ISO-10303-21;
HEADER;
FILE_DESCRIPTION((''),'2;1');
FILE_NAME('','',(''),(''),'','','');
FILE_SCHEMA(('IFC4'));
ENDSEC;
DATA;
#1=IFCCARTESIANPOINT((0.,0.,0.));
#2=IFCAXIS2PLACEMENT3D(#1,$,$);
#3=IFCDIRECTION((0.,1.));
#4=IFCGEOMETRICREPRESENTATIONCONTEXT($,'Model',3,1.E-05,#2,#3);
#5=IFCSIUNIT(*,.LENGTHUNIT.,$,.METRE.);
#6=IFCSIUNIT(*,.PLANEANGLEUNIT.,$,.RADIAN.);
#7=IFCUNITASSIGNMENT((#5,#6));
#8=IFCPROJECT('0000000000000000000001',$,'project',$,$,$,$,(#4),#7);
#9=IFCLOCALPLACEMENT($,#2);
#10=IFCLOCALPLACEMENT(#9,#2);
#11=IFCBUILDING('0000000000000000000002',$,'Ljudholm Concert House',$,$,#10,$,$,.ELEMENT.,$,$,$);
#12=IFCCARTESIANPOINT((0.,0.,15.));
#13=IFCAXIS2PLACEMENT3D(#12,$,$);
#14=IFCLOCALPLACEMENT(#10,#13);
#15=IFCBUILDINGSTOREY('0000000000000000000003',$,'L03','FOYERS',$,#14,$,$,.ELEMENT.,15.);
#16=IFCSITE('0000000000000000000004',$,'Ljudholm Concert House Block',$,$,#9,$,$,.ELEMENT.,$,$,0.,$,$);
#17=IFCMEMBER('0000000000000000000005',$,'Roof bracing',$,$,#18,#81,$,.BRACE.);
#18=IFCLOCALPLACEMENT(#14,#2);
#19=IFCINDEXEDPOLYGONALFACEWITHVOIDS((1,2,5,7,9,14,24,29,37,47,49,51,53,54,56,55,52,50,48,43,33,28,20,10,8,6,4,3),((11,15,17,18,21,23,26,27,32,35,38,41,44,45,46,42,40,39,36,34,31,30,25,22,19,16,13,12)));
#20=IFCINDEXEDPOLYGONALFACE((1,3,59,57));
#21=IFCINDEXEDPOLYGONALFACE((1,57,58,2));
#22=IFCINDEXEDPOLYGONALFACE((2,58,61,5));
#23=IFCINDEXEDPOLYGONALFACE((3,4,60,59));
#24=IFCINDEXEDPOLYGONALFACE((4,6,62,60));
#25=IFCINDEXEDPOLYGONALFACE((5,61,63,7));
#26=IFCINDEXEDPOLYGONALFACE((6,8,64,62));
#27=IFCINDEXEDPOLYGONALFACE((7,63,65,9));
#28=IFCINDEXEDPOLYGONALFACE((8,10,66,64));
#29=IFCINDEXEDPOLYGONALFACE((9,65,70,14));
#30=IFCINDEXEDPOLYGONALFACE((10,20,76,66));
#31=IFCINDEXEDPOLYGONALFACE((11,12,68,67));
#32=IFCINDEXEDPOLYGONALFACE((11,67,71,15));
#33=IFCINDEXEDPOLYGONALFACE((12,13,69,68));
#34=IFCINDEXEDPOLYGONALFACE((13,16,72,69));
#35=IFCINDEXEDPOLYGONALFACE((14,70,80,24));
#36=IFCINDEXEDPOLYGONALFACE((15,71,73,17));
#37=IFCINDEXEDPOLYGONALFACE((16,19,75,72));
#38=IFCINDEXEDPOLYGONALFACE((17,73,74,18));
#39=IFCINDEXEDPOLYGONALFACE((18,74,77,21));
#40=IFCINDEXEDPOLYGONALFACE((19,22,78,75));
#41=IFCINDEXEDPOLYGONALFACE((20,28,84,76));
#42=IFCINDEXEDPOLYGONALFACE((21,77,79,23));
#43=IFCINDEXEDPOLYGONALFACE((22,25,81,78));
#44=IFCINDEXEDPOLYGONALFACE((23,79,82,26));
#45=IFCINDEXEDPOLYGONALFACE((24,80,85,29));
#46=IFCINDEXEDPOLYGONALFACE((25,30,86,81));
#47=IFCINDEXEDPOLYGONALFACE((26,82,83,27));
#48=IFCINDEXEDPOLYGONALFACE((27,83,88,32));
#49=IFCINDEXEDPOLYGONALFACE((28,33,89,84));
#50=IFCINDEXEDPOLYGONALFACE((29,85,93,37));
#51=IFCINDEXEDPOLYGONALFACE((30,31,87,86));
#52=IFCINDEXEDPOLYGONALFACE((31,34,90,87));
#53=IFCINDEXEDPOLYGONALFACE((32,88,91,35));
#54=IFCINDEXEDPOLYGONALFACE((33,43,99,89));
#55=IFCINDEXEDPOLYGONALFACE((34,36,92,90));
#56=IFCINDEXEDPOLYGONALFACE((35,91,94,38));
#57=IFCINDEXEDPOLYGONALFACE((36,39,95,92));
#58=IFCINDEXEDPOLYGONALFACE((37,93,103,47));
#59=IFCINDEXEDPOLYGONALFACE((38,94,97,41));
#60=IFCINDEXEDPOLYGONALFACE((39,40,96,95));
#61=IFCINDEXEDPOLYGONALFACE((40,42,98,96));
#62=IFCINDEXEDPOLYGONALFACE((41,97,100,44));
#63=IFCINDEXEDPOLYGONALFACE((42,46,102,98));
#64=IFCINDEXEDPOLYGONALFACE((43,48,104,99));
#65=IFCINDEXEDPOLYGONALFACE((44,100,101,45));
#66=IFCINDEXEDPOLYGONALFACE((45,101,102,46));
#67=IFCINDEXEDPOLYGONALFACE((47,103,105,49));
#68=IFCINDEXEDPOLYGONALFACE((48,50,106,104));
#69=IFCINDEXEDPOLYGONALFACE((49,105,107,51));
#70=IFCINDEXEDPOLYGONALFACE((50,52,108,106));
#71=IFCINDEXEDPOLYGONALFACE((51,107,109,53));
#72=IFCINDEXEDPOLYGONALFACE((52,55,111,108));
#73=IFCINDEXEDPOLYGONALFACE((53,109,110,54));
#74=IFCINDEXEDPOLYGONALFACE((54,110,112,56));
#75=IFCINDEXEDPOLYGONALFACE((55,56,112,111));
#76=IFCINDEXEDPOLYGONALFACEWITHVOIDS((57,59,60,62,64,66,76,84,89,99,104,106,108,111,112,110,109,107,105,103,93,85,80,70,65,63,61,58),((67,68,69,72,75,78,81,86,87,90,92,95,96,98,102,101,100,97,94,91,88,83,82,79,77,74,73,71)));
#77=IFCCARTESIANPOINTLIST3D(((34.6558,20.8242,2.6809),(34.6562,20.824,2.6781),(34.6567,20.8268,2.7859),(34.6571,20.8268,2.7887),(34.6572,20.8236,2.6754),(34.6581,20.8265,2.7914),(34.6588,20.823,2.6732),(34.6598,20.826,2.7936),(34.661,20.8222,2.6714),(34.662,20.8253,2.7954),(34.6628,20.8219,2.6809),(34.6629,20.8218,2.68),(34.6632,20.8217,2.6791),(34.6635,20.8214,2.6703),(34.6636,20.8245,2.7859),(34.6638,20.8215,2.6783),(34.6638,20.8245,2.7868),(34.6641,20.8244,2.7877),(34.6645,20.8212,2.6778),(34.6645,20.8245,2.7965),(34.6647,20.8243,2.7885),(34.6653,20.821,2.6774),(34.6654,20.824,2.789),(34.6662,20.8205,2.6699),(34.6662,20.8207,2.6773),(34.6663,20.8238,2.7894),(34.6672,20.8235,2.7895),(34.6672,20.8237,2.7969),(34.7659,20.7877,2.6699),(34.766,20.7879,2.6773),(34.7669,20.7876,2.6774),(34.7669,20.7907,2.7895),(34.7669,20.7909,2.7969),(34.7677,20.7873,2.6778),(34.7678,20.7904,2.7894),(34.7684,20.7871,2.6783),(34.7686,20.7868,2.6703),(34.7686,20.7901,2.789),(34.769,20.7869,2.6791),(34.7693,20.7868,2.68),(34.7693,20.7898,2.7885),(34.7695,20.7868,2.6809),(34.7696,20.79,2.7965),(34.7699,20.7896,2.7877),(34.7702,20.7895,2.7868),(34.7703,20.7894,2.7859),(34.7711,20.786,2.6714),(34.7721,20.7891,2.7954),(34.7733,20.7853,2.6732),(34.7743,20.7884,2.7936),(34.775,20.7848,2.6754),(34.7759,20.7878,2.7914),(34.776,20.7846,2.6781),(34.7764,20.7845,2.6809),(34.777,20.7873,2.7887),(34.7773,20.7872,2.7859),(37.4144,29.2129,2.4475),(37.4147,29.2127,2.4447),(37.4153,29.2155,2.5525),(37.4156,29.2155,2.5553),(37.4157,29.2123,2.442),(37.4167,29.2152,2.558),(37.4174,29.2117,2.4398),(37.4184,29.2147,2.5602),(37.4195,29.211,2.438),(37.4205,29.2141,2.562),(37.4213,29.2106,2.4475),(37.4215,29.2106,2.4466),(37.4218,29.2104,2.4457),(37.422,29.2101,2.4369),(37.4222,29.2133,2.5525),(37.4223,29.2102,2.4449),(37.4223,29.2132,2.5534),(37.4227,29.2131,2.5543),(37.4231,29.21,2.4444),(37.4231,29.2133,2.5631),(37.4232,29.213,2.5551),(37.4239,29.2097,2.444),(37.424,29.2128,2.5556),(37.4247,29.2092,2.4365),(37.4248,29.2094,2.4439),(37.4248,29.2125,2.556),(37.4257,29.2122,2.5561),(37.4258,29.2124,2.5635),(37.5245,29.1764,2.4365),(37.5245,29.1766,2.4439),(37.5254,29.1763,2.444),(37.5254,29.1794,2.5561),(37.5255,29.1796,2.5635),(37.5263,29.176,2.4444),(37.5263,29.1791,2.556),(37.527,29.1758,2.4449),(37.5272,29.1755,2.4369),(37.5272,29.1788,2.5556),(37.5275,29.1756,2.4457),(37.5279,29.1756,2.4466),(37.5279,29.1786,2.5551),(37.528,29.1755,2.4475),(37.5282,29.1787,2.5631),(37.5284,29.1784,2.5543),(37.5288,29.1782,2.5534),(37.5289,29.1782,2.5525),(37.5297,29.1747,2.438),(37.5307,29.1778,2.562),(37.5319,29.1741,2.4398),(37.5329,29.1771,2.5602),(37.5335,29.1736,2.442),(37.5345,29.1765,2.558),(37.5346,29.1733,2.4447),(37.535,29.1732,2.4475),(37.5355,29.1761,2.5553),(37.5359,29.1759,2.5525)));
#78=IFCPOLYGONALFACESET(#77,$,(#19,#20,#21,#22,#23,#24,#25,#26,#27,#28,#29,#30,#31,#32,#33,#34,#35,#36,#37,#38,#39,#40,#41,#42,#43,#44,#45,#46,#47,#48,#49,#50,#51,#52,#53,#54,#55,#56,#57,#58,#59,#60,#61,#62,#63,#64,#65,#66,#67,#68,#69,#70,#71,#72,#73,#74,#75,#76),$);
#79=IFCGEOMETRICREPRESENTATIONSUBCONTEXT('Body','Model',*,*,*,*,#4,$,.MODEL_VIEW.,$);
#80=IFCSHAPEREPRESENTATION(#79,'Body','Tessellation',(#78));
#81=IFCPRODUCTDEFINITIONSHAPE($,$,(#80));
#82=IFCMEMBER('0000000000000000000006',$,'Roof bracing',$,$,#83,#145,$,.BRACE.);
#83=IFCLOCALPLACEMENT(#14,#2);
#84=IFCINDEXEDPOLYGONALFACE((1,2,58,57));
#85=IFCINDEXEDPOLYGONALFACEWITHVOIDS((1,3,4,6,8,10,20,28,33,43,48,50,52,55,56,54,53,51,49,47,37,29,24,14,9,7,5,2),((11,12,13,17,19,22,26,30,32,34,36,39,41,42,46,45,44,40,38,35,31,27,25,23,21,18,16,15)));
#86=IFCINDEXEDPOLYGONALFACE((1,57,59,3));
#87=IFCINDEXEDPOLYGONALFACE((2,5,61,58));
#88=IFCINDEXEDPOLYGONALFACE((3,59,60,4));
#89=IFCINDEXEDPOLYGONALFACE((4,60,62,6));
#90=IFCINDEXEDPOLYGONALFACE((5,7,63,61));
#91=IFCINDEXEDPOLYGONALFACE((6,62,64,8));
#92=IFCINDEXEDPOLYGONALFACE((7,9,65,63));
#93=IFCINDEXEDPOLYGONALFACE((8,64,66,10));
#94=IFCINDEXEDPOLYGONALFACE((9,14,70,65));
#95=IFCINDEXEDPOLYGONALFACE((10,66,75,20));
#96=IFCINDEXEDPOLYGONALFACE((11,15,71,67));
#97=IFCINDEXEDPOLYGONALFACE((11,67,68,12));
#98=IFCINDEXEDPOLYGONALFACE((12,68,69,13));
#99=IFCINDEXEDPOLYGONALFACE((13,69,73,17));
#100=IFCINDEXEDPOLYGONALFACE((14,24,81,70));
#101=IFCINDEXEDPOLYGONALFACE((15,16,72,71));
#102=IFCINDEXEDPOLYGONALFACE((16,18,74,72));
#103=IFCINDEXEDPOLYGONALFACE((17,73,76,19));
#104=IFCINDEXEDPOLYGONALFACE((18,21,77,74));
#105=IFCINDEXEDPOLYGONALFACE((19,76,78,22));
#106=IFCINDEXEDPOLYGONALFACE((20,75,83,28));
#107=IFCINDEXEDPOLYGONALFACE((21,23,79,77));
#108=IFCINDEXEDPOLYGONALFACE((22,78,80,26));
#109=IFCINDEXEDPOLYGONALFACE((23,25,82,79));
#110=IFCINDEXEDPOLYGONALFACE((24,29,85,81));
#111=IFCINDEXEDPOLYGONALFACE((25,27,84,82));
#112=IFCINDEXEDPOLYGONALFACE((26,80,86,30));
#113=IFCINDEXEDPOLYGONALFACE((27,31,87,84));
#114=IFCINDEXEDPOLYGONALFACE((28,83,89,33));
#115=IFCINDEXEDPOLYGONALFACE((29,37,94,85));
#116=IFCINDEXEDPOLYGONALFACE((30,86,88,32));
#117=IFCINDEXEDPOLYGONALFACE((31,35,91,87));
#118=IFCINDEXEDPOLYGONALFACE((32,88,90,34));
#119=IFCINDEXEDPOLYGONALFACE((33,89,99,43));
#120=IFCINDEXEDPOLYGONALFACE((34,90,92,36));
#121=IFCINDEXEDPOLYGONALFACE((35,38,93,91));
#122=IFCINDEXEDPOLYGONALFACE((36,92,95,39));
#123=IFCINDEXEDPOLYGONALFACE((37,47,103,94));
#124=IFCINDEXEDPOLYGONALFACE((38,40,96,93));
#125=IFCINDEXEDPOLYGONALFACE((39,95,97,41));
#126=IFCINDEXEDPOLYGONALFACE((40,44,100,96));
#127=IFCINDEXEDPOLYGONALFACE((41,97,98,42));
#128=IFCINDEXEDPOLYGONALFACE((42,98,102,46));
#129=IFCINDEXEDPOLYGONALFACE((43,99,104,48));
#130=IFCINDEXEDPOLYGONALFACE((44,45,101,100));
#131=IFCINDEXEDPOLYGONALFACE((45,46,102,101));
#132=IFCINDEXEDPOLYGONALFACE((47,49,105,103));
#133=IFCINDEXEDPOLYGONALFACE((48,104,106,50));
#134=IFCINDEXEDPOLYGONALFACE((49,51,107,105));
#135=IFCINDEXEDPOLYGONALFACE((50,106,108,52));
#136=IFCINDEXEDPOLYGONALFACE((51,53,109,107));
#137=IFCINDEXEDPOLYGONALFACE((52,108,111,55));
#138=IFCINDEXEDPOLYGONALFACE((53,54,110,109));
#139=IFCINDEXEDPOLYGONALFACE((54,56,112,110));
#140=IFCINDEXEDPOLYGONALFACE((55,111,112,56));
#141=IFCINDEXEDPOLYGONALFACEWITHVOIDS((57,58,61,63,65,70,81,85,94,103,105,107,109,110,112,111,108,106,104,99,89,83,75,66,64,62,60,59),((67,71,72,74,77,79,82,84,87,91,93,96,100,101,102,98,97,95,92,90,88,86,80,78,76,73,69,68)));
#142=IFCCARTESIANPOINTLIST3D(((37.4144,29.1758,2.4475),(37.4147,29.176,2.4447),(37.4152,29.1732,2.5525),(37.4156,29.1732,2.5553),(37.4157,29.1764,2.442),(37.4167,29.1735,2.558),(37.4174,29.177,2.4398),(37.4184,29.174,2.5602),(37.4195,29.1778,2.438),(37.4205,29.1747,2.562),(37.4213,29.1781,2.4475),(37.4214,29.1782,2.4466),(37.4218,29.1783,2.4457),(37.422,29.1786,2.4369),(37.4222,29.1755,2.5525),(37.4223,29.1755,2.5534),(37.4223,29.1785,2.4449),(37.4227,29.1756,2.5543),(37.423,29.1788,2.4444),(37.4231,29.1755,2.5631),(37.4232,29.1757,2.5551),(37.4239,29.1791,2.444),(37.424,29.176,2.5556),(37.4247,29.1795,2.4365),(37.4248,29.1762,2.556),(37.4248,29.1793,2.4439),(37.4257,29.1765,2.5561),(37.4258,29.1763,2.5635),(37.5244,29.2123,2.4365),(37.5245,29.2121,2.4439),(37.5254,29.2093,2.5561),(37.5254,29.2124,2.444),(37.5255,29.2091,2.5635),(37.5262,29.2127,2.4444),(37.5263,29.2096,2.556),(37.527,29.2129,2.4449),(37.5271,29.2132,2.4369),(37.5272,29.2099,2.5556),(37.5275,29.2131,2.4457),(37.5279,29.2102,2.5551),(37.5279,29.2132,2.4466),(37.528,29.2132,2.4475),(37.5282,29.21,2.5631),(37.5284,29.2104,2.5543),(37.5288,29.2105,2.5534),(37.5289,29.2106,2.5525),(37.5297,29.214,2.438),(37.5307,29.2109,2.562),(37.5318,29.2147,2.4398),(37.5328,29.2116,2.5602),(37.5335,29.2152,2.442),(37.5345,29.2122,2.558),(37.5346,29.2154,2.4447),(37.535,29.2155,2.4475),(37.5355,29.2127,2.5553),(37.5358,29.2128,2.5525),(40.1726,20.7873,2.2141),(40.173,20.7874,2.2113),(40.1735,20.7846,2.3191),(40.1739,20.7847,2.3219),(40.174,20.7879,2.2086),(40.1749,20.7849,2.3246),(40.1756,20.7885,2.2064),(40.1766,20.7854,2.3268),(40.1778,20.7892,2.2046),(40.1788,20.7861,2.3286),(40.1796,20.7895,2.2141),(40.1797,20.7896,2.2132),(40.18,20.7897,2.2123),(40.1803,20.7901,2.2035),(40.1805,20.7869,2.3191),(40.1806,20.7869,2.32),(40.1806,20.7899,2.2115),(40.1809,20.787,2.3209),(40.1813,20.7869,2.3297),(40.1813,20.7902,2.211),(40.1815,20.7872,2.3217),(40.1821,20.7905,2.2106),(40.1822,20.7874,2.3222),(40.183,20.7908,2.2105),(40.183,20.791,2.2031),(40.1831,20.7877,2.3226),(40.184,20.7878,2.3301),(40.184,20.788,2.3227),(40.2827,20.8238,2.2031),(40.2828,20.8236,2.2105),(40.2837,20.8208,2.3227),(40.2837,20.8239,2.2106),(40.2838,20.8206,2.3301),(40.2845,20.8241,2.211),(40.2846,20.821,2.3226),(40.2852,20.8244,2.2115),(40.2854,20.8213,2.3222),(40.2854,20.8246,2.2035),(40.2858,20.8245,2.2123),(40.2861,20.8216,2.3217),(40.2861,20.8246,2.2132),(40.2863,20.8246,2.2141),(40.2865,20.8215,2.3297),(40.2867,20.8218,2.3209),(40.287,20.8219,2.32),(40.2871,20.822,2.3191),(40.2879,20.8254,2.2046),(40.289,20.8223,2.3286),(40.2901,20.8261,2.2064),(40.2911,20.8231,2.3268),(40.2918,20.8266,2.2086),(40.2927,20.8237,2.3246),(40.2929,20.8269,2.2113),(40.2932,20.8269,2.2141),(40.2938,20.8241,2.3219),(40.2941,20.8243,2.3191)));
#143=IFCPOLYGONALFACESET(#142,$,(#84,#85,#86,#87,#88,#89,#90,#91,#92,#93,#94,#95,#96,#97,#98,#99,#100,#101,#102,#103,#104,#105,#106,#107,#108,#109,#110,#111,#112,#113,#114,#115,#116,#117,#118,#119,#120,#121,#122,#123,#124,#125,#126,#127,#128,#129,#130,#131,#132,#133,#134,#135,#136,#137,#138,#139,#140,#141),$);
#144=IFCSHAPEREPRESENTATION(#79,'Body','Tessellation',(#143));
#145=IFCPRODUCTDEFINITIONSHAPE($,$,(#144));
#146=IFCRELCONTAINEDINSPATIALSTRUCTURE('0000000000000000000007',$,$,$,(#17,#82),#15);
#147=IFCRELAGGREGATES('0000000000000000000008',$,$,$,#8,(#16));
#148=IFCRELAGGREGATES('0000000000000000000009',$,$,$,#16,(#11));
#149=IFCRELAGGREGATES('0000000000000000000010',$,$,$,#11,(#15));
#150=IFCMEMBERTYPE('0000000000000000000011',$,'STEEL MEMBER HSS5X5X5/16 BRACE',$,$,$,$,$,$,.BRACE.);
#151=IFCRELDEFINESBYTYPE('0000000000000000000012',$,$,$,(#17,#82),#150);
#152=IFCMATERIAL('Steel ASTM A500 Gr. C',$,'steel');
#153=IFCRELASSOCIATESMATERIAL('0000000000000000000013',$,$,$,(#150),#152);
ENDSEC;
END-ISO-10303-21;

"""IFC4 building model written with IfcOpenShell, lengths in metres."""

from ifc_helpers import new_model, si_unit, direction, frame, origin, origin_2d, place, context, subcontext, project, spatial, hollow_rectangle, extrude, material, material_profile, profile_set, type_object, element, save


model = new_model("IFC4")

# Units and contexts
model_context = context("Model", 3, precision=1e-05, world=origin(), true_north=direction((0.0, 1.0)))
body_context = subcontext(model_context, "Body", "Model", "MODEL_VIEW")
ifc_project = project(units=[si_unit("LENGTHUNIT", "METRE"), si_unit("PLANEANGLEUNIT", "RADIAN")], contexts=[model_context])

# Site, building, storey
site_placement = place(None, origin())
site = spatial("IfcSite", under=ifc_project, at=site_placement, Name="Ljudholm Concert House Block", CompositionType="ELEMENT", RefElevation=0.0)
building_placement = place(site_placement, origin())
building = spatial("IfcBuilding", under=site, at=building_placement, Name="Ljudholm Concert House", CompositionType="ELEMENT")
storey_placement = place(building_placement, frame((0.0, 0.0, 15.0)))
storey = spatial("IfcBuildingStorey", under=building, at=storey_placement, Name="L03", Description="FOYERS", CompositionType="ELEMENT", Elevation=15.0)

# Members
ifc_material_1 = material(Name="Steel ASTM A500 Gr. C", Category="steel")
ifc_material_profile_1 = material_profile(ifc_material_1, hollow_rectangle(XDim=0.127, YDim=0.127, WallThickness=0.0073, InnerFilletRadius=0.0037, OuterFilletRadius=0.011, at=origin_2d()), Name="HSS5X5X5/16")
ifc_profile_set_1 = profile_set([ifc_material_profile_1], Name="Steel ASTM A500 Gr. C")
member_type_1 = type_object("IfcMemberType", Name="STEEL MEMBER HSS5X5X5/16 BRACE", PredefinedType="BRACE", material=ifc_profile_set_1)
member_1_placement = place(storey_placement, frame((34.7166, 20.8057, 2.7334), z_axis=(0.312276, 0.949624, -0.026421), x_axis=(-0.949956, 0.312385, 0.0)))
element("IfcMember", 1, at=member_1_placement, inside=storey, type_object=member_type_1, Name="Roof bracing", PredefinedType="BRACE", context=body_context, shape_type="SweptSolid", body=[
    extrude(hollow_rectangle(XDim=0.127, YDim=0.127, WallThickness=0.0073, InnerFilletRadius=0.0037, OuterFilletRadius=0.011, at=origin_2d()), origin(), (0.0, 0.0, 1.0), 8.8337),
])
member_2_placement = place(storey_placement, frame((37.4751, 29.1943, 2.5), z_axis=(0.312251, -0.949632, -0.026422), x_axis=(0.949964, 0.31236, 0.0)))
element("IfcMember", 2, at=member_2_placement, inside=storey, type_object=member_type_1, Name="Roof bracing", PredefinedType="BRACE", context=body_context, shape_type="SweptSolid", body=[
    extrude(hollow_rectangle(XDim=0.127, YDim=0.127, WallThickness=0.0073, InnerFilletRadius=0.0037, OuterFilletRadius=0.011, at=origin_2d()), origin(), (0.0, 0.0, 1.0), 8.8335),
])

save(model, "model.ifc")
